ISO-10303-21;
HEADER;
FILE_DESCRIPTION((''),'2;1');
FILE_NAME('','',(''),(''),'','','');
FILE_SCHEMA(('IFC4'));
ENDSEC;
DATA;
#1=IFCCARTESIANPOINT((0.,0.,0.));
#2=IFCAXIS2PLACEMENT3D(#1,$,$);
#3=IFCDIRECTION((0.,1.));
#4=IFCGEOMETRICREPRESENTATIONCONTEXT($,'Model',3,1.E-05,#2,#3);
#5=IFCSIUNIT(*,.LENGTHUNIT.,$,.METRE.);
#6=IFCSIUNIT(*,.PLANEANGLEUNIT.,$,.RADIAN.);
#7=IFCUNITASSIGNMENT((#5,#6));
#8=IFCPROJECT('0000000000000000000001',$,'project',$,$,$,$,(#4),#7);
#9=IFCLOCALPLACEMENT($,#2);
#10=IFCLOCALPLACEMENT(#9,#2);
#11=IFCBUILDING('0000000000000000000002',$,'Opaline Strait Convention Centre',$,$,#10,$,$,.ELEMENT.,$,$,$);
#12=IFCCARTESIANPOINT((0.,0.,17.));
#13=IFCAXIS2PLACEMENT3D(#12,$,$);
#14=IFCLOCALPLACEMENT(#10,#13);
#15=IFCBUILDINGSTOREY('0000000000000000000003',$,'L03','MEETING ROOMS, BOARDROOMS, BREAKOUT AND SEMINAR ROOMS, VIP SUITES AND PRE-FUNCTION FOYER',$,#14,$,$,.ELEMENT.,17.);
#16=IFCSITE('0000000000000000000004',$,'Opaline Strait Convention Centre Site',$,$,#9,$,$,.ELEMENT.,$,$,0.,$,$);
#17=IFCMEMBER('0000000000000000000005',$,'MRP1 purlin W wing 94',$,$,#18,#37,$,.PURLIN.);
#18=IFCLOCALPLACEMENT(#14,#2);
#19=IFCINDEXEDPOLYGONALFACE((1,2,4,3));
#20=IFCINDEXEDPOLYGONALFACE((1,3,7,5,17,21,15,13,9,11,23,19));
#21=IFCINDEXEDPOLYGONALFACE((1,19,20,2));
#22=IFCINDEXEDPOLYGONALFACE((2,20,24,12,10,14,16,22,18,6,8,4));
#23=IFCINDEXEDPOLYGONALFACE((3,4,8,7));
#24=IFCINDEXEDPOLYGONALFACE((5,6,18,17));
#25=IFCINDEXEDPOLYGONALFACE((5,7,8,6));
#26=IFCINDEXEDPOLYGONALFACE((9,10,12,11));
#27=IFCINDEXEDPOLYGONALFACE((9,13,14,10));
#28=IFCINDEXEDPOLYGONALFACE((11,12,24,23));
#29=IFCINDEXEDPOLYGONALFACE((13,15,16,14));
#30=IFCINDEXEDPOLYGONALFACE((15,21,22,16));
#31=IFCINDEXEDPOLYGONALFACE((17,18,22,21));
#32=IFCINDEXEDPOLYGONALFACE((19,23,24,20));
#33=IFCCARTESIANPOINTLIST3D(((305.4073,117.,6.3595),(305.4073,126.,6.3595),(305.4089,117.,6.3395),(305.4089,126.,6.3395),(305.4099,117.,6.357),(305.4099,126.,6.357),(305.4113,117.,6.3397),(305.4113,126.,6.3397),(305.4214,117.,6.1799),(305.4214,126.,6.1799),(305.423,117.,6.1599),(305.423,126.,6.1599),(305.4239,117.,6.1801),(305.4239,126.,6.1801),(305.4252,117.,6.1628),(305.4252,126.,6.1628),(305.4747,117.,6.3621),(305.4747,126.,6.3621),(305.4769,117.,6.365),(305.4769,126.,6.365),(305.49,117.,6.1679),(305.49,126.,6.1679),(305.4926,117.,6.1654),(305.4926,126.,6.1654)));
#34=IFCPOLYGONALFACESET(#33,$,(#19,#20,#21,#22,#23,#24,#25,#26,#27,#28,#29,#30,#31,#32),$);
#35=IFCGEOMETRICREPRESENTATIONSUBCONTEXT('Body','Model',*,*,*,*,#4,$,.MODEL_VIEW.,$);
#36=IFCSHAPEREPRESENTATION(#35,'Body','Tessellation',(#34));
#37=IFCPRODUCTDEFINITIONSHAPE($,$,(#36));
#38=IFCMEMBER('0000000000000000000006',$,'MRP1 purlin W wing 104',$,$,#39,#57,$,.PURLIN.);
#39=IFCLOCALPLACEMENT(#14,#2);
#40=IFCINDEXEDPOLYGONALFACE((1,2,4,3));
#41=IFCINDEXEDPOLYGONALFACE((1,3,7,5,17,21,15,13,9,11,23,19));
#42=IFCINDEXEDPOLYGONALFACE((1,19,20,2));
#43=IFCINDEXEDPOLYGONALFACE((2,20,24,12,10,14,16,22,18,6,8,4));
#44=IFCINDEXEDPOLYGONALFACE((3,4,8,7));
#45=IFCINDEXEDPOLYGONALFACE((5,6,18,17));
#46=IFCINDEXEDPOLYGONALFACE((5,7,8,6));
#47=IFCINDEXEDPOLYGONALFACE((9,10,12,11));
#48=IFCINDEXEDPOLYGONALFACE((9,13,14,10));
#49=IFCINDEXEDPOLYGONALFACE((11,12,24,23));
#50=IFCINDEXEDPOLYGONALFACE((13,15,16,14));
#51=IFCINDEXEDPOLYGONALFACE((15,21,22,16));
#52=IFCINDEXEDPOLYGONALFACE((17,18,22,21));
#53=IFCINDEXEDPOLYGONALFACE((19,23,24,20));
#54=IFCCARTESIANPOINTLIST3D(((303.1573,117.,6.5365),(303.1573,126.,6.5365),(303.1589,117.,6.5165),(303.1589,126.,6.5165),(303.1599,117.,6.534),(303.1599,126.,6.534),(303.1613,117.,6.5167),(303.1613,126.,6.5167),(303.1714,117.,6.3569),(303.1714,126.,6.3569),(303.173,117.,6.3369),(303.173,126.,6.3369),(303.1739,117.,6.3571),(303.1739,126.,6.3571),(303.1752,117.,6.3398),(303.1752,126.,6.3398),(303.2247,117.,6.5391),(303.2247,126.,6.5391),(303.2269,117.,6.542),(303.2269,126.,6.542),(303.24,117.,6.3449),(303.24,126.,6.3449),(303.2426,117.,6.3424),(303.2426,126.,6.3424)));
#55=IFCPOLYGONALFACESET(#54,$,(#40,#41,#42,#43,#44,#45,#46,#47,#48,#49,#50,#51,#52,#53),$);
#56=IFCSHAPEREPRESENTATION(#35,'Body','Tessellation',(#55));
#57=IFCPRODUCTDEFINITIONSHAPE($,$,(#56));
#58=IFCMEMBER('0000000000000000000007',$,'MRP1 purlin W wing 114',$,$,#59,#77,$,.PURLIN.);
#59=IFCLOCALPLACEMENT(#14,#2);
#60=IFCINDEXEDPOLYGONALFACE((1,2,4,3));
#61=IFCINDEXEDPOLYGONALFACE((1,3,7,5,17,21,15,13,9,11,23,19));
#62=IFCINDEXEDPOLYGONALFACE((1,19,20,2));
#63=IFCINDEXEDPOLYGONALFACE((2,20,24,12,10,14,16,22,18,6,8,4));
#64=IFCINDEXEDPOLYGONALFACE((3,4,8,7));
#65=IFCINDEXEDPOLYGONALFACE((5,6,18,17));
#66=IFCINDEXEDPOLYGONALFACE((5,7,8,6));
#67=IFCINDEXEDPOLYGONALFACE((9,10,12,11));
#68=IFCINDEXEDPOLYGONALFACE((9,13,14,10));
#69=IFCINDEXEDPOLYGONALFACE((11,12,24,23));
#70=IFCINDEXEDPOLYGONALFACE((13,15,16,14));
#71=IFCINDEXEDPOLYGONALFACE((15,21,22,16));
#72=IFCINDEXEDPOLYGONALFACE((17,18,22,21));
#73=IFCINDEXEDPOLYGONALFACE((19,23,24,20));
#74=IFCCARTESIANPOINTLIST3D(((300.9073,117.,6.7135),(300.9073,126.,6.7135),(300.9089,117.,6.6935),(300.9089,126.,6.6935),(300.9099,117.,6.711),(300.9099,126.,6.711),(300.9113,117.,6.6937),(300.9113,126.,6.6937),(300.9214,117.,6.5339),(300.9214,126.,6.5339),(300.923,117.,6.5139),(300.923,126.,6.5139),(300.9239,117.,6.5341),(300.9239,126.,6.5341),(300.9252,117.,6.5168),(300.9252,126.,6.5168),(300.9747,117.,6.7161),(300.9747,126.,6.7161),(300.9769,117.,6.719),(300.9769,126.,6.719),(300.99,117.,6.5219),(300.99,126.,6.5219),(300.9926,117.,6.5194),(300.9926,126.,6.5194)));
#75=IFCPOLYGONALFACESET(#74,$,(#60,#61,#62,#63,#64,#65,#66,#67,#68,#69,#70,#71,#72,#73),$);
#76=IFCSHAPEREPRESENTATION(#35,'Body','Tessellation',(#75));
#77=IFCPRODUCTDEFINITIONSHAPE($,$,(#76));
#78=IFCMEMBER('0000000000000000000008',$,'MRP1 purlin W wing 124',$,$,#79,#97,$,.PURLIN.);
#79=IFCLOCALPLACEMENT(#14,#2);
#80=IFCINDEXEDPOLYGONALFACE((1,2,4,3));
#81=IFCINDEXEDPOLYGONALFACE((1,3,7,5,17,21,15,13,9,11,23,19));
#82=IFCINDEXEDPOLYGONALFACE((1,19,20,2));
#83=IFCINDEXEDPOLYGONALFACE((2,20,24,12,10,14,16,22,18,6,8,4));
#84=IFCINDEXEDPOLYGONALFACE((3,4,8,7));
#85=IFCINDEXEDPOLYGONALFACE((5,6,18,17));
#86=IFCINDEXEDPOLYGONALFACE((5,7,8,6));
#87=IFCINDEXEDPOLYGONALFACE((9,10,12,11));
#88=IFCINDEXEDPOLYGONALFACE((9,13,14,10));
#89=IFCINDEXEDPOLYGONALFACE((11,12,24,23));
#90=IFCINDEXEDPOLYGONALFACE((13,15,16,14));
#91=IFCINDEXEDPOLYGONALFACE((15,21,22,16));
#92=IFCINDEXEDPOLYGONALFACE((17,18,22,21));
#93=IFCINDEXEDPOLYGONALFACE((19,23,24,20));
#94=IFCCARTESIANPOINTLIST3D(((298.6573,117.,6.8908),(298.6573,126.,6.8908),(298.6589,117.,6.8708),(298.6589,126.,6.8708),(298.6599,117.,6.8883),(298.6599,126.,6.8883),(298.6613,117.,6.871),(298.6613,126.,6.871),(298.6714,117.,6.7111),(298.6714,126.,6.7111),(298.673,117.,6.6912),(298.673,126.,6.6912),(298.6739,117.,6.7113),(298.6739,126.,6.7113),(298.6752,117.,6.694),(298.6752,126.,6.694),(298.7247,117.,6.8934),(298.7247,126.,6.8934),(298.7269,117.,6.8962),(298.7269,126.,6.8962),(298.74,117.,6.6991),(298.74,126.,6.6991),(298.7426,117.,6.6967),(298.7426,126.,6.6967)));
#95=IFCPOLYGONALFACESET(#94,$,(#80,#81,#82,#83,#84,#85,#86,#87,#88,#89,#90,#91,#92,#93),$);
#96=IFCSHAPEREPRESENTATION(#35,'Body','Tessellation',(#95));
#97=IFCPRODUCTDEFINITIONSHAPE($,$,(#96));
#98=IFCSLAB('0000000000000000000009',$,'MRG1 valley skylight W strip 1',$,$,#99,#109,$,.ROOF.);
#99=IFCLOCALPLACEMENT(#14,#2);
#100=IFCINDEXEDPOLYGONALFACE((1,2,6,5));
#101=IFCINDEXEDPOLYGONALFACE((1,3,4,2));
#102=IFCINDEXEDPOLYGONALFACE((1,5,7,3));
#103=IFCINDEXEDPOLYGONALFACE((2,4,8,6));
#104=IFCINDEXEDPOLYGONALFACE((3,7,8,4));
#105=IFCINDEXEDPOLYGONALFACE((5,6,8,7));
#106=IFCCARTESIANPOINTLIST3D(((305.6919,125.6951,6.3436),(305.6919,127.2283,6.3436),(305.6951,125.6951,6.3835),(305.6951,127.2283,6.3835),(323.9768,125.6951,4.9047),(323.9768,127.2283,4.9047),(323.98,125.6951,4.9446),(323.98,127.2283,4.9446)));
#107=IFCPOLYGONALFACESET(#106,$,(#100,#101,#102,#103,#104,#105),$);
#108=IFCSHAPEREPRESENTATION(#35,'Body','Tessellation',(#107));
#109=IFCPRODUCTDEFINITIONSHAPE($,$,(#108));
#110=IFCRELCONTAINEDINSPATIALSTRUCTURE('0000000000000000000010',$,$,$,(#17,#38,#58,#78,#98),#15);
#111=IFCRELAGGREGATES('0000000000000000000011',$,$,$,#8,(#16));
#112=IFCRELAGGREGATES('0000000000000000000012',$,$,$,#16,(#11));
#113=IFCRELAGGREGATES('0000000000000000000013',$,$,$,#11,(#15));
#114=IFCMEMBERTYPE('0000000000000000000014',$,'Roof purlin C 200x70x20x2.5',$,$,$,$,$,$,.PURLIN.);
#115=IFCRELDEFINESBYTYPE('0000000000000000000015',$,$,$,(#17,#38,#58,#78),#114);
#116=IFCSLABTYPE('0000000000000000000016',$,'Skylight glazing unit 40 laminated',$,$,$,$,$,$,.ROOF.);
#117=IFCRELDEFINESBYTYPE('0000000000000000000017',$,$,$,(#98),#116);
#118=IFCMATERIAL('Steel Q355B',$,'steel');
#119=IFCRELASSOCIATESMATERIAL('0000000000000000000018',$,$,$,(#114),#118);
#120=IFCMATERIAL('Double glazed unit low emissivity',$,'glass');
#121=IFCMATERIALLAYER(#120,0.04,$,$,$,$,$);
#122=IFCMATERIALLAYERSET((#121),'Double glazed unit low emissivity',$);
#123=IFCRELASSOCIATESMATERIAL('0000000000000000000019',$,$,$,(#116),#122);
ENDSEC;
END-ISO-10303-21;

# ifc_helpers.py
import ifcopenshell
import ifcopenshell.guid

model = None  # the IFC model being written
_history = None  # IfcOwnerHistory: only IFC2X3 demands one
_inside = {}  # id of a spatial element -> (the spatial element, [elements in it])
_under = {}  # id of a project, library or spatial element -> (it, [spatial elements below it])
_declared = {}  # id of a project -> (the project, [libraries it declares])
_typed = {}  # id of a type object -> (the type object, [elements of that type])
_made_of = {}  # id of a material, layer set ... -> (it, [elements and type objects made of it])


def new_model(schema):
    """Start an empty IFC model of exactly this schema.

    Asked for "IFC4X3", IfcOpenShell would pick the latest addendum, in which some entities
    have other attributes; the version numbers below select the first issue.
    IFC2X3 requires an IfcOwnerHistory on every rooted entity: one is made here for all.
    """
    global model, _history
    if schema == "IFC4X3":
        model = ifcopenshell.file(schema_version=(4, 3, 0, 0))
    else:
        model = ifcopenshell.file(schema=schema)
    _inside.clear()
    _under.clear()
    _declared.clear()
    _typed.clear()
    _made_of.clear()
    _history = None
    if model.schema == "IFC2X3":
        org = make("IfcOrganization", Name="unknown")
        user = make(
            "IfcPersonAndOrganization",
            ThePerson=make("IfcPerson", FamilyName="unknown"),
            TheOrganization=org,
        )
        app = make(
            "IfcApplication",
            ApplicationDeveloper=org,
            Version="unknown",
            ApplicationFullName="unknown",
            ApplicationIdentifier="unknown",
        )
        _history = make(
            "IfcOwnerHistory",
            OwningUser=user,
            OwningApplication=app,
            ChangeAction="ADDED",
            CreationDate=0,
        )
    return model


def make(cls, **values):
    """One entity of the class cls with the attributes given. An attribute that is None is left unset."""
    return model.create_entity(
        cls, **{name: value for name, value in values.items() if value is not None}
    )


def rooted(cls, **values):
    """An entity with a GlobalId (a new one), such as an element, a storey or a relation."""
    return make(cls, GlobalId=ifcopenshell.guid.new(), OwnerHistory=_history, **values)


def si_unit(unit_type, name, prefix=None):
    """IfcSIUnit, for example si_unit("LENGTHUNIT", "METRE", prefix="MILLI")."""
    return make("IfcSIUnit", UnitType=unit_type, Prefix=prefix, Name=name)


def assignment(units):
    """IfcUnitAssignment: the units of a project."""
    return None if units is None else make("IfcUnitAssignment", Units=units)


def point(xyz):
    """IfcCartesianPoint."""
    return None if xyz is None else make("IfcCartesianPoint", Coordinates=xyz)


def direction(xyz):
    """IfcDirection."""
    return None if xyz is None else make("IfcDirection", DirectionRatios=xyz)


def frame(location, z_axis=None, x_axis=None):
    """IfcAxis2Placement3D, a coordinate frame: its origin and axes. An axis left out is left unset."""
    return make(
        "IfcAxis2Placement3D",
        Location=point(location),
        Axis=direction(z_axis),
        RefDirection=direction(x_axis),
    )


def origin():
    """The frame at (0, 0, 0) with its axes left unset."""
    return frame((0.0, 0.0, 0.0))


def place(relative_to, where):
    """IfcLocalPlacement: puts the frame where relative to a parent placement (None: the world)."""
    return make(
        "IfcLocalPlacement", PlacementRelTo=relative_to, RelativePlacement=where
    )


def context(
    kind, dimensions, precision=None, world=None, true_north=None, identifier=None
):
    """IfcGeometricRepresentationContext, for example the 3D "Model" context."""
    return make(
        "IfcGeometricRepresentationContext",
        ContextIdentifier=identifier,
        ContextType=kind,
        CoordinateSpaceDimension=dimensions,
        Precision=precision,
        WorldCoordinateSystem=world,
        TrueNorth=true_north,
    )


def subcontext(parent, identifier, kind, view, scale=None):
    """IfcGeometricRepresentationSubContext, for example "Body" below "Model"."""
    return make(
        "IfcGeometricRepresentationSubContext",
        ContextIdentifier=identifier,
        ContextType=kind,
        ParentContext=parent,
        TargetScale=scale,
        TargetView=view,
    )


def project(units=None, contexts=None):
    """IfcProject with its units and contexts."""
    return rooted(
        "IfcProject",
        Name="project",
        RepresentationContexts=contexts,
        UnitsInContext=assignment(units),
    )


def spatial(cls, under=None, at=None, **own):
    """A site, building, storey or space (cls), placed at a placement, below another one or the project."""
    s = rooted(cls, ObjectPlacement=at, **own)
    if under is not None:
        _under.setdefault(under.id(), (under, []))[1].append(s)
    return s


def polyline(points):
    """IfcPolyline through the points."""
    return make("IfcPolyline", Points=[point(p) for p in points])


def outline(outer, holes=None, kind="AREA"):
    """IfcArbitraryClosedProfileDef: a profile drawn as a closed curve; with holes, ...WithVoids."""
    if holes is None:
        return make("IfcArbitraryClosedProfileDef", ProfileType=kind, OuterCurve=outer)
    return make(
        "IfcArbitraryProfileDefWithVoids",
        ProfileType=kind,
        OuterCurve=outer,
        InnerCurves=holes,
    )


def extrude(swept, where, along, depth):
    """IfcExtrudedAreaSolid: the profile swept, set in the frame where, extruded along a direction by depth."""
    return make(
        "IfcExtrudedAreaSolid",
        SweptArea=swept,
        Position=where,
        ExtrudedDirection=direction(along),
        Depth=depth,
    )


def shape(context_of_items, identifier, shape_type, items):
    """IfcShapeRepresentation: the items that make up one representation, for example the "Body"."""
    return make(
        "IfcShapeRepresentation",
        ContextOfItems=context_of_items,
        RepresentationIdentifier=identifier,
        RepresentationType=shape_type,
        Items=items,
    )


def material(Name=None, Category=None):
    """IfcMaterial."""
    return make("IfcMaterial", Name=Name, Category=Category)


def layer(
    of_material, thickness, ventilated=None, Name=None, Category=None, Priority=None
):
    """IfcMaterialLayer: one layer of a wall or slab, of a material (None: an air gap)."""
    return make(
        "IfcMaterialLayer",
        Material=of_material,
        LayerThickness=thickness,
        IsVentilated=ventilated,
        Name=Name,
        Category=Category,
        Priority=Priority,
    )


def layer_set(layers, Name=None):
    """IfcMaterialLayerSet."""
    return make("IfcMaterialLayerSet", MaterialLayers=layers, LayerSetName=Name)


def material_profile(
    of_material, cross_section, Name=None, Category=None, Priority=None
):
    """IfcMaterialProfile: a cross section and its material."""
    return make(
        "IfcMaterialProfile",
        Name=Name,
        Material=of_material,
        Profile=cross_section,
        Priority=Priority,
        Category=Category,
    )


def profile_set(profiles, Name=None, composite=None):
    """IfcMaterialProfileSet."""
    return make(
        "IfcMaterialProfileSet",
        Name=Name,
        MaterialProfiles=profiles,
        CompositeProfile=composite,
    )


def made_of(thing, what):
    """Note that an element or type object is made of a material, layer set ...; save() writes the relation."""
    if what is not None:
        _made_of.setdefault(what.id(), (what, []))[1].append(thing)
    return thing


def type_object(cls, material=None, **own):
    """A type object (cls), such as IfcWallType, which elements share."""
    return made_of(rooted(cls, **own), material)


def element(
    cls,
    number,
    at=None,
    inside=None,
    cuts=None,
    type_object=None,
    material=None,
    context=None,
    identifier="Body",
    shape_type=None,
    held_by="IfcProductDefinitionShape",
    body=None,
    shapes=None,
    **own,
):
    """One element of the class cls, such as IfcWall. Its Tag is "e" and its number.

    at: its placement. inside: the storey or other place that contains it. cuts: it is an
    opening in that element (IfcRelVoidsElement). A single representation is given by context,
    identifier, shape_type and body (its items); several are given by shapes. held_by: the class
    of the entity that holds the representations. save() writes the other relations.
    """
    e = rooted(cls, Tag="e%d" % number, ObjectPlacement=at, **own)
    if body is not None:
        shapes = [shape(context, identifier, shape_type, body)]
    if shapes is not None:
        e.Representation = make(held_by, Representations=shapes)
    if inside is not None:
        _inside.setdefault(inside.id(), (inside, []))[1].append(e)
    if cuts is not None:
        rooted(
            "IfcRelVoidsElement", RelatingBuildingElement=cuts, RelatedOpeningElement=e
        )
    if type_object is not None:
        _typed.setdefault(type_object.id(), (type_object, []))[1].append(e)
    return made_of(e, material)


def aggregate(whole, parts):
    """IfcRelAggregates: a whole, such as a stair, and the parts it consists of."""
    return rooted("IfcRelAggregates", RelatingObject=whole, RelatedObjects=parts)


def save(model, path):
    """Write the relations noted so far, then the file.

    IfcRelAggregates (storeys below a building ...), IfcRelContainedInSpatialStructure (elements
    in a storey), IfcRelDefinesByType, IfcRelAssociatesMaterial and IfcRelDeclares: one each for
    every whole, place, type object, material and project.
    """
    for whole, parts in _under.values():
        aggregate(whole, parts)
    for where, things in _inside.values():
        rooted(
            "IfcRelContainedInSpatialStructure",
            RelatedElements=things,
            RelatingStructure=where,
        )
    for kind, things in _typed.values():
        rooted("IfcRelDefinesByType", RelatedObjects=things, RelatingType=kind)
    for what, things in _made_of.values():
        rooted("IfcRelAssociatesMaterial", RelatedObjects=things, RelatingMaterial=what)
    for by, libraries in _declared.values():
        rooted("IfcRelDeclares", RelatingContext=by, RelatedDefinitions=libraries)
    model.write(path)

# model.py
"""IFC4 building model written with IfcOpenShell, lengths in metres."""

from ifc_helpers import new_model, si_unit, direction, frame, origin, place, context, subcontext, project, spatial, polyline, outline, extrude, material, layer, layer_set, material_profile, profile_set, type_object, element, save


model = new_model("IFC4")

# Units and contexts
model_context = context("Model", 3, precision=1e-05, world=origin(), true_north=direction((0.0, 1.0)))
body_context = subcontext(model_context, "Body", "Model", "MODEL_VIEW")
ifc_project = project(units=[si_unit("LENGTHUNIT", "METRE"), si_unit("PLANEANGLEUNIT", "RADIAN")], contexts=[model_context])

# Site, building, storey
site_placement = place(None, origin())
site = spatial("IfcSite", under=ifc_project, at=site_placement, Name="Opaline Strait Convention Centre Site", CompositionType="ELEMENT", RefElevation=0.0)
building_placement = place(site_placement, origin())
building = spatial("IfcBuilding", under=site, at=building_placement, Name="Opaline Strait Convention Centre", CompositionType="ELEMENT")
storey_placement = place(building_placement, frame((0.0, 0.0, 17.0)))
storey = spatial("IfcBuildingStorey", under=building, at=storey_placement, Name="L03", Description="MEETING ROOMS, BOARDROOMS, BREAKOUT AND SEMINAR ROOMS, VIP SUITES AND PRE-FUNCTION FOYER", CompositionType="ELEMENT", Elevation=17.0)

# Members
ifc_material_1 = material(Name="Steel Q355B", Category="steel")
ifc_material_profile = material_profile(ifc_material_1, outline(polyline([(-0.0349, -0.1001), (0.0349, -0.1001), (0.0349, -0.0801), (0.0325, -0.0801), (0.0325, -0.0974), (-0.0325, -0.0974), (-0.0325, 0.0974), (0.0325, 0.0974), (0.0325, 0.0801), (0.0349, 0.0801), (0.0349, 0.1001), (-0.0349, 0.1001), (-0.0349, -0.1001)])), Name="C 200x70x20x2.5")
ifc_profile_set = profile_set([ifc_material_profile], Name="Steel Q355B")
member_type = type_object("IfcMemberType", Name="Roof purlin C 200x70x20x2.5", PredefinedType="PURLIN", material=ifc_profile_set)
for number, where, z_axis, x_axis, name in (
    (1, (305.45, 117.0, 6.2625), (0.0, 1.0, 0.0), (-0.996917, 0.0, -0.078459), "MRP1 purlin W wing 94"),
    (2, (303.2, 117.0, 6.4395), (0.0, 1.0, 0.0), (-0.996917, 0.0, -0.078459), "MRP1 purlin W wing 104"),
    (3, (300.95, 117.0, 6.6165), (0.0, 1.0, 0.0), (-0.996917, 0.0, -0.078459), "MRP1 purlin W wing 114"),
    (4, (298.7, 117.0, 6.7937), (0.0, 1.0, 0.0), (-0.996917, 0.0, -0.078459), "MRP1 purlin W wing 124"),
):
    element("IfcMember", number, at=place(storey_placement, frame(where, z_axis=z_axis, x_axis=x_axis)), inside=storey, type_object=member_type, Name=name, PredefinedType="PURLIN", context=body_context, shape_type="SweptSolid", body=[
        extrude(outline(polyline([(-0.0349, -0.1001), (0.0349, -0.1001), (0.0349, -0.0801), (0.0325, -0.0801), (0.0325, -0.0974), (-0.0325, -0.0974), (-0.0325, 0.0974), (0.0325, 0.0974), (0.0325, 0.0801), (0.0349, 0.0801), (0.0349, 0.1001), (-0.0349, 0.1001), (-0.0349, -0.1001)])), origin(), (0.0, 0.0, 1.0), 9.0),
    ])

# Slab
ifc_material_2 = material(Name="Double glazed unit low emissivity", Category="glass")
ifc_layer_1 = layer(ifc_material_2, 0.04)
ifc_layer_set_1 = layer_set([ifc_layer_1], Name="Double glazed unit low emissivity")
slab_type = type_object("IfcSlabType", Name="Skylight glazing unit 40 laminated", PredefinedType="ROOF", material=ifc_layer_set_1)
slab_placement = place(storey_placement, frame((305.6951, 125.6951, 6.3835), z_axis=(0.078454, 0.0, 0.996918), x_axis=(0.996918, 0.0, -0.078454)))
element("IfcSlab", 5, at=slab_placement, inside=storey, type_object=slab_type, Name="MRG1 valley skylight W strip 1", PredefinedType="ROOF", context=body_context, shape_type="SweptSolid", body=[
    extrude(outline(polyline([(0.0, 0.0), (18.3414, 0.0), (18.3414, 1.5332), (0.0, 1.5332), (0.0, 0.0)])), origin(), (0.0, 0.0, -1.0), 0.04),
])

save(model, "model.ifc")
